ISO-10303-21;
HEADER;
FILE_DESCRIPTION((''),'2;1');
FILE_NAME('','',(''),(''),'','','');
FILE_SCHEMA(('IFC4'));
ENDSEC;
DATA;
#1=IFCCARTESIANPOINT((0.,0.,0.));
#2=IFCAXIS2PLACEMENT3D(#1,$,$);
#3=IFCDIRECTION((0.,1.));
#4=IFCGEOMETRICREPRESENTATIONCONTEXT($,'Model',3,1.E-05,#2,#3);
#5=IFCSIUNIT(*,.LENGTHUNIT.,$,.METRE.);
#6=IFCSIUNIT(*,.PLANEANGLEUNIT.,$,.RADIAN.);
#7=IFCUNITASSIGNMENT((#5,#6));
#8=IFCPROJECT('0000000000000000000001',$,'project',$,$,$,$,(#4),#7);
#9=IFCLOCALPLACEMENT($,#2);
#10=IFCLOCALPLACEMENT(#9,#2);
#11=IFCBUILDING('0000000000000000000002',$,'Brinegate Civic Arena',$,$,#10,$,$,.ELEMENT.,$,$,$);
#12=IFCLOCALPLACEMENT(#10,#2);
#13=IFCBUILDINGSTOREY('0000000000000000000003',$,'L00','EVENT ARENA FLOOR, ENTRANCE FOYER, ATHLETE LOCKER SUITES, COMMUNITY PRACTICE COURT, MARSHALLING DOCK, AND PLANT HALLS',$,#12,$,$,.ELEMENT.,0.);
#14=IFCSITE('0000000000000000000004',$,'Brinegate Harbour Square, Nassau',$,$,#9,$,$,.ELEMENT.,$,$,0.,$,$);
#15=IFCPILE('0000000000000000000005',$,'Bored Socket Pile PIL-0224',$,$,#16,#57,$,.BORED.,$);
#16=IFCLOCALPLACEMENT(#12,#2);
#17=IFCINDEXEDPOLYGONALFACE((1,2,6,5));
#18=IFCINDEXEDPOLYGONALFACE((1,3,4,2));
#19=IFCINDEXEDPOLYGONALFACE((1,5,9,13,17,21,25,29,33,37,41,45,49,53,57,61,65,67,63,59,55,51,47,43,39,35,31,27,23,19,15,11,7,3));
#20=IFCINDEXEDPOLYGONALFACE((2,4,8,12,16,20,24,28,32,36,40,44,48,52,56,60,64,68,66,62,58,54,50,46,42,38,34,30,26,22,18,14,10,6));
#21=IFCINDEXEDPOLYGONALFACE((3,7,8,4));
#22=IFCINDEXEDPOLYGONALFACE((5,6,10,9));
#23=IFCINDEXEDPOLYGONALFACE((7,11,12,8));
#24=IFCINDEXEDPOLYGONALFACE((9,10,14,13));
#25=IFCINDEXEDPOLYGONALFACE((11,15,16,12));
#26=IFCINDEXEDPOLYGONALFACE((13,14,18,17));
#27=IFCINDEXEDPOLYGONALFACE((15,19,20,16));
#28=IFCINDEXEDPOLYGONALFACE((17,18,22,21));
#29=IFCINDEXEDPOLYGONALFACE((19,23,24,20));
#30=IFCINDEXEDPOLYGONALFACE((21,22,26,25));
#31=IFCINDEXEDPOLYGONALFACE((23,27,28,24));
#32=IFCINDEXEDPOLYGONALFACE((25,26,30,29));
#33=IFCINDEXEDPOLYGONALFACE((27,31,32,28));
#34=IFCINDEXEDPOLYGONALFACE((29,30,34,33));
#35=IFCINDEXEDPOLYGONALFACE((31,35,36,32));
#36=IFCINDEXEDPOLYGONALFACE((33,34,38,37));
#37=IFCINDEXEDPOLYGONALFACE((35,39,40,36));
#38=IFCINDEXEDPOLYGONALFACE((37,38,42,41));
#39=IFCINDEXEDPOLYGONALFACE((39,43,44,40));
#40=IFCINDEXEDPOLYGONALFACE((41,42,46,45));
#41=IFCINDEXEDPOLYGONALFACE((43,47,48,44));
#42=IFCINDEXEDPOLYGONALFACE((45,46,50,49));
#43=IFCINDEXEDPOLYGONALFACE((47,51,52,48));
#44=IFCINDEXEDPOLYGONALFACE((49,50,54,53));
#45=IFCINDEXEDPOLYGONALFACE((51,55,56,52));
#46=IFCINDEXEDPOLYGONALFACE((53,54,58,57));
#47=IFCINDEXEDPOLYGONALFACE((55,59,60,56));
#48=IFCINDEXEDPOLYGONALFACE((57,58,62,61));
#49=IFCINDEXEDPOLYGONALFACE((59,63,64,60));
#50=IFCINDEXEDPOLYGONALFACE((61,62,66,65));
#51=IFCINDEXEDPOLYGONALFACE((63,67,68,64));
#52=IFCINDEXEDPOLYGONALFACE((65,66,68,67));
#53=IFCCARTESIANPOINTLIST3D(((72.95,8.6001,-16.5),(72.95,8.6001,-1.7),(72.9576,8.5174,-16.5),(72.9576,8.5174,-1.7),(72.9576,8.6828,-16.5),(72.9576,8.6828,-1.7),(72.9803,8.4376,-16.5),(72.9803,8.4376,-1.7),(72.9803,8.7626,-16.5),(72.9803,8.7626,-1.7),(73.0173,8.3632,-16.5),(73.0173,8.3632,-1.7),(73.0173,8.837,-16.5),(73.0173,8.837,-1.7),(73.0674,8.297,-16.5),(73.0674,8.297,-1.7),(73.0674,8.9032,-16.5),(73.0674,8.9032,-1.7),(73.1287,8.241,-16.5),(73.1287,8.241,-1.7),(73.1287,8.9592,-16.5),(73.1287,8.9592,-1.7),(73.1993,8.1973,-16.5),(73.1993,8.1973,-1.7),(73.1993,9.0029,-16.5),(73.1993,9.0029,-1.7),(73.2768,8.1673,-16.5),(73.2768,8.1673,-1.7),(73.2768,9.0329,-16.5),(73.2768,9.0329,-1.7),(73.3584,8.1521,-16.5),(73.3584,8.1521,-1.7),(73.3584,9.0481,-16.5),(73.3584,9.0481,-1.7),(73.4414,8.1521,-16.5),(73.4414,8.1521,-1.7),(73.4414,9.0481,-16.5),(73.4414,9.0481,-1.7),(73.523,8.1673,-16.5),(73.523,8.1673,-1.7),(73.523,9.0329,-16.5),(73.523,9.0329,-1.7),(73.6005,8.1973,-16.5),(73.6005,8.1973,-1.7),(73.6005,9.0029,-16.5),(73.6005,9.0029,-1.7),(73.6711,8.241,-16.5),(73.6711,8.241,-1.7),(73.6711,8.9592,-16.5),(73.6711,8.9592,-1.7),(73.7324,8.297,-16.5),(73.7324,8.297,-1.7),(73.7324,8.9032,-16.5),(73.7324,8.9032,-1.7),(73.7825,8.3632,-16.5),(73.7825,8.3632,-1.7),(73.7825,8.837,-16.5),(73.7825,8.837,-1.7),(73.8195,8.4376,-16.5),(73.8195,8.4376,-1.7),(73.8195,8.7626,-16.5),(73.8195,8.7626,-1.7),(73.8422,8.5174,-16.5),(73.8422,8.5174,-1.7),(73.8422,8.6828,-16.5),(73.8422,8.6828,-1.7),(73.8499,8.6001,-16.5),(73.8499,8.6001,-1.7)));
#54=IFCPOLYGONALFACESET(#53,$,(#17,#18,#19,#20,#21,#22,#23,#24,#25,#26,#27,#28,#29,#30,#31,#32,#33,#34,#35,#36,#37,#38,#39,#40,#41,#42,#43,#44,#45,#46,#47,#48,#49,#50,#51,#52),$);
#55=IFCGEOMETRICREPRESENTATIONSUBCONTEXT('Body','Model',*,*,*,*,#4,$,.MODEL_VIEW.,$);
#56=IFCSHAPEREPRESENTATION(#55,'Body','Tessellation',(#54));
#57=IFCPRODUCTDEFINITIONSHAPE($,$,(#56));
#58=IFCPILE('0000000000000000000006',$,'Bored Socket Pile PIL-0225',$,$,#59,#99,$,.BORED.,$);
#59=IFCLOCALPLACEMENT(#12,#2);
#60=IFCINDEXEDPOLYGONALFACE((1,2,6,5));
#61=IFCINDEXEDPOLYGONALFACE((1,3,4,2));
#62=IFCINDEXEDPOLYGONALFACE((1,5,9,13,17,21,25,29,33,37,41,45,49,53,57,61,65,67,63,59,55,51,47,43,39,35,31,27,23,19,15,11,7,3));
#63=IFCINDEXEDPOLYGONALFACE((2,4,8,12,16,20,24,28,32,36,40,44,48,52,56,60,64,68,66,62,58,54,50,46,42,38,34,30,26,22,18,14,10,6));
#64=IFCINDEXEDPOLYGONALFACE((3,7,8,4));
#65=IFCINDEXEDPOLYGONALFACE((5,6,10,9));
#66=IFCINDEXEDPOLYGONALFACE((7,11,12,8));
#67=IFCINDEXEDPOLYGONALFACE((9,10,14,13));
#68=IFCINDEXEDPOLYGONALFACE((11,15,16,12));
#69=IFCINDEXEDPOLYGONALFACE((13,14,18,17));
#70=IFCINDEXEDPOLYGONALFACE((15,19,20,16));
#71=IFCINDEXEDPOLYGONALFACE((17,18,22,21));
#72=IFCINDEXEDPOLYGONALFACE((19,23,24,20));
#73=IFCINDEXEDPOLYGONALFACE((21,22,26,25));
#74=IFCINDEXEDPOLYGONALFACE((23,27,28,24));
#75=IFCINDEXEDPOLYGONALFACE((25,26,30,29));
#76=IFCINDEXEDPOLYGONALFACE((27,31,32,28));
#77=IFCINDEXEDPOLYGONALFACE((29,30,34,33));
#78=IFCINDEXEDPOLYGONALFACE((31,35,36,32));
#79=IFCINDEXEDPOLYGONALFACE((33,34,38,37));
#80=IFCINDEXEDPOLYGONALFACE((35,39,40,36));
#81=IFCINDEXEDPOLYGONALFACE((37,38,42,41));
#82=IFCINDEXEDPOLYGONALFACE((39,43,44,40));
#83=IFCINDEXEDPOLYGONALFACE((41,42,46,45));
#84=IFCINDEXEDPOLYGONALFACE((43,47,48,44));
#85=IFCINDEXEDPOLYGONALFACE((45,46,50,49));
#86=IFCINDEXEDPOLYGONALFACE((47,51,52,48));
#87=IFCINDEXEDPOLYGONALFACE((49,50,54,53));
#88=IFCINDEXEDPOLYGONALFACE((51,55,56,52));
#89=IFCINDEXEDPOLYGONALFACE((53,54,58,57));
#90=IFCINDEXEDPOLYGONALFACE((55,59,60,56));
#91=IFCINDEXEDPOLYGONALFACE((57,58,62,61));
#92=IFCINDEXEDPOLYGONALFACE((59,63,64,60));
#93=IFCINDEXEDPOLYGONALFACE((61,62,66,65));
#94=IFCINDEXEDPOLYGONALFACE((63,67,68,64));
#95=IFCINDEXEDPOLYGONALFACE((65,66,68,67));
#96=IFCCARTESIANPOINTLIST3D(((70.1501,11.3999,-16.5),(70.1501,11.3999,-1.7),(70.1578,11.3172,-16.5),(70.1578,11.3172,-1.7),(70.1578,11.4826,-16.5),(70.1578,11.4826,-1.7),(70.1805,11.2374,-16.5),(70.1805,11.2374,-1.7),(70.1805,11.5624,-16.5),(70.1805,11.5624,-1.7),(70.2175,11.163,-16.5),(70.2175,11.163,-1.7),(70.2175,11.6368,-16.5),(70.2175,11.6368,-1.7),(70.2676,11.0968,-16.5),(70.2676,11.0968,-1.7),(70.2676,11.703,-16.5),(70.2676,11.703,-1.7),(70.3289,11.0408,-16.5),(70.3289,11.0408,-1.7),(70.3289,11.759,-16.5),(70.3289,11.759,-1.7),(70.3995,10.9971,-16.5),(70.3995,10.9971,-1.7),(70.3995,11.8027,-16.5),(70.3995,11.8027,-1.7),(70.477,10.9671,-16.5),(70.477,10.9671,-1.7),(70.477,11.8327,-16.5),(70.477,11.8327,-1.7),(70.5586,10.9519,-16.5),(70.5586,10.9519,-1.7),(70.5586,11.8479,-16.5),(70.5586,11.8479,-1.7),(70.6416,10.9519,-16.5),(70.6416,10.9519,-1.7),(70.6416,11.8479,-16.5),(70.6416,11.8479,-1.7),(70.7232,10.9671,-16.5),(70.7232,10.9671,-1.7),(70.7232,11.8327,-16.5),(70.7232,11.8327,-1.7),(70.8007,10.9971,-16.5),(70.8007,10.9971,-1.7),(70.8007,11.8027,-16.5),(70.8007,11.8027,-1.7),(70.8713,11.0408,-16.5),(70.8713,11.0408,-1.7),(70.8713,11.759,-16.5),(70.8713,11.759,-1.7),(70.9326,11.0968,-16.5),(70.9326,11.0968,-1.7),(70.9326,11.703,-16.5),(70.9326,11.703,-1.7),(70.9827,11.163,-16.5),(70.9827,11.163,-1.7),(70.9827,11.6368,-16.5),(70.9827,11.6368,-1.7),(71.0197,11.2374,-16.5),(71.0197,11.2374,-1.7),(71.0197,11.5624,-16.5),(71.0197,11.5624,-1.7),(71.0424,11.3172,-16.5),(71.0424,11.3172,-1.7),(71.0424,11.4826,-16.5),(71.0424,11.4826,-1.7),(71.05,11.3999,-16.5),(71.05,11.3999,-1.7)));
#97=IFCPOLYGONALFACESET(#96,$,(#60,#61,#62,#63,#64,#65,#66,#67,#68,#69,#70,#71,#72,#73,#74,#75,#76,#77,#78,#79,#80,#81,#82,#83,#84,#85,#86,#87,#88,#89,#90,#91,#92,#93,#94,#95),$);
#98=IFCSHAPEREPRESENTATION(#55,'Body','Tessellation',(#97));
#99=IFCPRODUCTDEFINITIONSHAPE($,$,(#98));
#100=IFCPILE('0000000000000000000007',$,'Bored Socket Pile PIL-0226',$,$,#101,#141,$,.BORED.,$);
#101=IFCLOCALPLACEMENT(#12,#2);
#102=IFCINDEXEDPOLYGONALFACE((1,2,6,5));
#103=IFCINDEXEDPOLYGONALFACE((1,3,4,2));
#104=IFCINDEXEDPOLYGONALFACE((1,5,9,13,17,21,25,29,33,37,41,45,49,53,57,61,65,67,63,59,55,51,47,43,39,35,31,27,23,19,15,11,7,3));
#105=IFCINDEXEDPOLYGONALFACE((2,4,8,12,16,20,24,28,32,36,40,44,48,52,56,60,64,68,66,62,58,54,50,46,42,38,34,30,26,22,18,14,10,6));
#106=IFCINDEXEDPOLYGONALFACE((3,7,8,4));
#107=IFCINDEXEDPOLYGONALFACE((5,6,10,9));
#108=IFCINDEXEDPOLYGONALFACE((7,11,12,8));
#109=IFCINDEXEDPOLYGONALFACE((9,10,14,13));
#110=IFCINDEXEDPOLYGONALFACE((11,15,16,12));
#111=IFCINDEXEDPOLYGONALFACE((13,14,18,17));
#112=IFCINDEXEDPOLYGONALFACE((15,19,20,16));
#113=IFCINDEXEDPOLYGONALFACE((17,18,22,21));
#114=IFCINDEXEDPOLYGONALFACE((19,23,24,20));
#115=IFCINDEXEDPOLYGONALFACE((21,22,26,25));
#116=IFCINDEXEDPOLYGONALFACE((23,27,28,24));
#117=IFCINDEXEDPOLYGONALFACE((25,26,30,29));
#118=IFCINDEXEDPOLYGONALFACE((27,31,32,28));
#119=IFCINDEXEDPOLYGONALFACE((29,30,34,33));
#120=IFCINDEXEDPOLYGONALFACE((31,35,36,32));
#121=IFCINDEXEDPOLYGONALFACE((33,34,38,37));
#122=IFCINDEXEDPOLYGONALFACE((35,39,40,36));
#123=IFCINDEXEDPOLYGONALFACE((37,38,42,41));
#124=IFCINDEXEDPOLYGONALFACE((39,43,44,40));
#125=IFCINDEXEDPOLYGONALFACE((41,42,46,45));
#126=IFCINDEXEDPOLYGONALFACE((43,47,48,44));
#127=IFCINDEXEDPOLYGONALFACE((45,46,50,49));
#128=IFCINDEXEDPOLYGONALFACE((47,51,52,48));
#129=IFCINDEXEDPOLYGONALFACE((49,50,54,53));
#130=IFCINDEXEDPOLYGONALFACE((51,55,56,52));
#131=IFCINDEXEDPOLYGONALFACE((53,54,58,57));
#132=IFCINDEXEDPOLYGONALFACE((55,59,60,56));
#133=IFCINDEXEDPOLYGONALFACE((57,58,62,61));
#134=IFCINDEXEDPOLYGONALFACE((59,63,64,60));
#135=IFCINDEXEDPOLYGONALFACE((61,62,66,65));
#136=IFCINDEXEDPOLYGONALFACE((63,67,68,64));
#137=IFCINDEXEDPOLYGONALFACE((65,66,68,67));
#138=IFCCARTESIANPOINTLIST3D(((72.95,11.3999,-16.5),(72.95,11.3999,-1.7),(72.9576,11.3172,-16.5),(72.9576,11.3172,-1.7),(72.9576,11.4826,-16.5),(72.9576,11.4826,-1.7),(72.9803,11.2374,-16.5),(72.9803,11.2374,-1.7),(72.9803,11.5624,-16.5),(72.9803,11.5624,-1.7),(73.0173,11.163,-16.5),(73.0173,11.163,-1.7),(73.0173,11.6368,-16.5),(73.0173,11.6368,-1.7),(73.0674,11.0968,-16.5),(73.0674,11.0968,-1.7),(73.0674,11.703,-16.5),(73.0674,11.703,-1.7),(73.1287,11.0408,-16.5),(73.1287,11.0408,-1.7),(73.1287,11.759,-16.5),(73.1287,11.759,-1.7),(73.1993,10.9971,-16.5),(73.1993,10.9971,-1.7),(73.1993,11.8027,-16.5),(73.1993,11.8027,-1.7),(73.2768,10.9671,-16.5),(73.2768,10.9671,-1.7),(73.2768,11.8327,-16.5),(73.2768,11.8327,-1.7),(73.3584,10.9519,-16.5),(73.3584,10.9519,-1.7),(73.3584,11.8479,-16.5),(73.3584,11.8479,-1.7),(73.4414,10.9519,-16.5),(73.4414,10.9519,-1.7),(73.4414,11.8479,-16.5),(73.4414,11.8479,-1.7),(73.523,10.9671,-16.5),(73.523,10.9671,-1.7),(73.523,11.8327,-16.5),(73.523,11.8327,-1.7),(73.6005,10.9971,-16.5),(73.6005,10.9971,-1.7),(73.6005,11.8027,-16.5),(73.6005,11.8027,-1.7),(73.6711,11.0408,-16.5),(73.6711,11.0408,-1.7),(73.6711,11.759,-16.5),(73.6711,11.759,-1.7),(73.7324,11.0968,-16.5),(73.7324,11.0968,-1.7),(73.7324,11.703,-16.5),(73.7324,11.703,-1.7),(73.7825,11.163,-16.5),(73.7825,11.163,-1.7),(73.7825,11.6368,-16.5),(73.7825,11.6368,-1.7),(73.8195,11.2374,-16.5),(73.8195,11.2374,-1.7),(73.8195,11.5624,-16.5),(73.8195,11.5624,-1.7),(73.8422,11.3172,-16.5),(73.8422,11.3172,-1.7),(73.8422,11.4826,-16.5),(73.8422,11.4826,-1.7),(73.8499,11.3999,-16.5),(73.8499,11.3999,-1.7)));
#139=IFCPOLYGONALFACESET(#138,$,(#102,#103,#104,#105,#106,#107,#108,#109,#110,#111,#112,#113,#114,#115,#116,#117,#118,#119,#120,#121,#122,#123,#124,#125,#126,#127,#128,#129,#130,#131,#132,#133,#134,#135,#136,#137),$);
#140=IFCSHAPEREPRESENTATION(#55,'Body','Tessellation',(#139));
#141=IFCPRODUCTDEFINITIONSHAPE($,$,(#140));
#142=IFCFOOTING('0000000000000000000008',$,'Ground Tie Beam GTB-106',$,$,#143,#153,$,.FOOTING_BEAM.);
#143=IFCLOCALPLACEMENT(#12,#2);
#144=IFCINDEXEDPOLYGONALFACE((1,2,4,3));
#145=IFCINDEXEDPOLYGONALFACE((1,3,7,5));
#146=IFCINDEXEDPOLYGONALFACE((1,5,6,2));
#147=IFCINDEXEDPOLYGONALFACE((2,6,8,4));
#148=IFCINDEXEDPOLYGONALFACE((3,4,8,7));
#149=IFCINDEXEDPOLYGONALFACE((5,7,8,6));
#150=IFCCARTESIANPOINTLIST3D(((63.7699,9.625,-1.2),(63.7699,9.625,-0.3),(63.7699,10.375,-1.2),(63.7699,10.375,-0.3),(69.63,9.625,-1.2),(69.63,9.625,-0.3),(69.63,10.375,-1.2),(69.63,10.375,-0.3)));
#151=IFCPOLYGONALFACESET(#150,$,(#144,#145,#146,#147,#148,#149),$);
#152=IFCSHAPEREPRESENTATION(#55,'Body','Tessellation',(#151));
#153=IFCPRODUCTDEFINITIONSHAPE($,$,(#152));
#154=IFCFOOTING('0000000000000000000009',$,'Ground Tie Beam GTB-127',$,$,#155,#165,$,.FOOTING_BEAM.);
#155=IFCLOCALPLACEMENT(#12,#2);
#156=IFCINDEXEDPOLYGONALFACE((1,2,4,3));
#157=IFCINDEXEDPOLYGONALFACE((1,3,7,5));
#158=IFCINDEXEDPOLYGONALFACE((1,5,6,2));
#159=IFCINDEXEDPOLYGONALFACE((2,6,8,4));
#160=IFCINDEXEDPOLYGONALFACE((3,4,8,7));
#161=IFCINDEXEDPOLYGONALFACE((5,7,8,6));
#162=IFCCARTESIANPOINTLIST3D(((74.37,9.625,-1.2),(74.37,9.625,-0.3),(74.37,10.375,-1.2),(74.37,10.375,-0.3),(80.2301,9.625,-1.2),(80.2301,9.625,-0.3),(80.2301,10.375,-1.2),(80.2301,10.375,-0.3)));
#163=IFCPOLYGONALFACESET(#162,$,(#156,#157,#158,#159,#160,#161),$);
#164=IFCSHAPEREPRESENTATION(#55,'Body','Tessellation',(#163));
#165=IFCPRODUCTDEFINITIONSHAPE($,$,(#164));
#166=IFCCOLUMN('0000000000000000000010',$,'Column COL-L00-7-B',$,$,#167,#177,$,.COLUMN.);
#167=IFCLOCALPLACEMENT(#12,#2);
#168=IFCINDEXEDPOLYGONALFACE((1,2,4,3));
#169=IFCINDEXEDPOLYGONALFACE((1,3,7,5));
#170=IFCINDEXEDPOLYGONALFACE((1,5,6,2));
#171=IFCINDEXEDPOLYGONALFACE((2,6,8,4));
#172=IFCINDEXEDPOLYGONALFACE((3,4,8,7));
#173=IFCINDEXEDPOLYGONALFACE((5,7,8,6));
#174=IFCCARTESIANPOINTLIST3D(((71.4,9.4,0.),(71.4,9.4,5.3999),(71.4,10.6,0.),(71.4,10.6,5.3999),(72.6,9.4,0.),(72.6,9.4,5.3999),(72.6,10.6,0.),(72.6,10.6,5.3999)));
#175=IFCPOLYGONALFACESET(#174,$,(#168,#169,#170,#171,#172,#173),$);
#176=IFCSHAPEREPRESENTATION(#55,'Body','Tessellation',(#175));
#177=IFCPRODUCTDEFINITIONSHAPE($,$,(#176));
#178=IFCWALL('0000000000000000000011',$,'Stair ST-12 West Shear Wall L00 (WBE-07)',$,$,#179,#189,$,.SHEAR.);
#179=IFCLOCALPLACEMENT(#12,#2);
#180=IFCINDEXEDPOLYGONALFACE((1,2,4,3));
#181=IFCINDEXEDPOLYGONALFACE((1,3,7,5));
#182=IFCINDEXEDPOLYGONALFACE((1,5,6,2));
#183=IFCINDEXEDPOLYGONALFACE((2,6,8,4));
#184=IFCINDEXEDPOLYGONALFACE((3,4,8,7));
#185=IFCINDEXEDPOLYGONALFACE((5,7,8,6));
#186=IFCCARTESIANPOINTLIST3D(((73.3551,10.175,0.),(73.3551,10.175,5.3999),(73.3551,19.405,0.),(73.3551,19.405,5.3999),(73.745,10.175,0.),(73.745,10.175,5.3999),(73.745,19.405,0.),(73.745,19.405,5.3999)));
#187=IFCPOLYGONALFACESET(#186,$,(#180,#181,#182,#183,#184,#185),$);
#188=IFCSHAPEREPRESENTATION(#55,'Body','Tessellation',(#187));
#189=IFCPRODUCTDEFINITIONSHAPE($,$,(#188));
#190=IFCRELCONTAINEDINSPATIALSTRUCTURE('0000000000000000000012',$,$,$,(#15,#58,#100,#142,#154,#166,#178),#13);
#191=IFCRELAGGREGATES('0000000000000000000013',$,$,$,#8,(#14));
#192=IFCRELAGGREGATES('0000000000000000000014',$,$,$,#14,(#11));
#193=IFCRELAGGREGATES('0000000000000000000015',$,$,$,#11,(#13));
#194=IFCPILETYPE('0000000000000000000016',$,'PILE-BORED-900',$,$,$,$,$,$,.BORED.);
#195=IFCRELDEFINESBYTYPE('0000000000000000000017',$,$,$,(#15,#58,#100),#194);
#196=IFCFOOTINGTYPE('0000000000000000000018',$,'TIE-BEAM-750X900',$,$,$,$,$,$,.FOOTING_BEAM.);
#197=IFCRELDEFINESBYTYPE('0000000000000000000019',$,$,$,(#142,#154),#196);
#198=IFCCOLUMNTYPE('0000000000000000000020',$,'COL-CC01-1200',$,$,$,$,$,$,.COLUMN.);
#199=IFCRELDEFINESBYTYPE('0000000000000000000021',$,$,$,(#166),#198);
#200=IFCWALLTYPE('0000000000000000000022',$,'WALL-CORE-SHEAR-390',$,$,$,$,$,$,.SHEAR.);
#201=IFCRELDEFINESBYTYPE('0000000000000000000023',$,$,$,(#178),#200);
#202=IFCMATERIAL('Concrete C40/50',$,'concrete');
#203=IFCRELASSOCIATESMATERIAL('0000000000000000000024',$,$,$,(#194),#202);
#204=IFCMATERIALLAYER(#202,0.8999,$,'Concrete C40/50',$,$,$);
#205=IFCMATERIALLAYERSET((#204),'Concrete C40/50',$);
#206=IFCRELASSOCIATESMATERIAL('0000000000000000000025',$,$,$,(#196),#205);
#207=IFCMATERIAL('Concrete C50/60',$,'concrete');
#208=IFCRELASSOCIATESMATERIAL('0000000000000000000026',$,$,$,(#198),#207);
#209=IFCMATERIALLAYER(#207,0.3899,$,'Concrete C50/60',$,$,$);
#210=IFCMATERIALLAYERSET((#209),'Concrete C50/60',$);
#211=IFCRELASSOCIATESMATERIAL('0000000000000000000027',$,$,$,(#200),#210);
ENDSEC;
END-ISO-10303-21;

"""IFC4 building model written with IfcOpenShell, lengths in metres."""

from ifc_helpers import new_model, si_unit, direction, frame, frame_2d, origin, origin_2d, place, context, subcontext, project, spatial, rectangle, circle, extrude, material, layer, layer_set, material_profile, profile_set, type_object, element, save


model = new_model("IFC4")

# Units and contexts
model_context = context("Model", 3, precision=1e-05, world=origin(), true_north=direction((0.0, 1.0)))
body_context = subcontext(model_context, "Body", "Model", "MODEL_VIEW")
ifc_project = project(units=[si_unit("LENGTHUNIT", "METRE"), si_unit("PLANEANGLEUNIT", "RADIAN")], contexts=[model_context])

# Site, building, storey
site_placement = place(None, origin())
site = spatial("IfcSite", under=ifc_project, at=site_placement, Name="Brinegate Harbour Square, Nassau", CompositionType="ELEMENT", RefElevation=0.0)
building_placement = place(site_placement, origin())
building = spatial("IfcBuilding", under=site, at=building_placement, Name="Brinegate Civic Arena", CompositionType="ELEMENT")
storey_placement = place(building_placement, origin())
storey = spatial("IfcBuildingStorey", under=building, at=storey_placement, Name="L00", Description="EVENT ARENA FLOOR, ENTRANCE FOYER, ATHLETE LOCKER SUITES, COMMUNITY PRACTICE COURT, MARSHALLING DOCK, AND PLANT HALLS", CompositionType="ELEMENT", Elevation=0.0)

# Shared definitions
ifc_material_1 = material(Name="Concrete C40/50", Category="concrete")

# Piles
ifc_material_profile_1 = material_profile(ifc_material_1, circle(Radius=0.45, at=origin_2d()), Name="PILED900")
ifc_profile_set_1 = profile_set([ifc_material_profile_1], Name="Concrete C40/50")
pile_type_1 = type_object("IfcPileType", Name="PILE-BORED-900", PredefinedType="BORED", material=ifc_profile_set_1)
for number, where, z_axis, x_axis, name in (
    (1, (73.3999, 8.6001, -1.7), (0.0, 0.0, -1.0), (1.0, 0.0, 0.0), "Bored Socket Pile PIL-0224"),
    (2, (70.6001, 11.3999, -1.7), (0.0, 0.0, -1.0), (1.0, 0.0, 0.0), "Bored Socket Pile PIL-0225"),
    (3, (73.3999, 11.3999, -1.7), (0.0, 0.0, -1.0), (1.0, 0.0, 0.0), "Bored Socket Pile PIL-0226"),
):
    element("IfcPile", number, at=place(storey_placement, frame(where, z_axis=z_axis, x_axis=x_axis)), inside=storey, type_object=pile_type_1, Name=name, PredefinedType="BORED", context=body_context, shape_type="SweptSolid", body=[
        extrude(circle(Radius=0.45, at=origin_2d()), origin(), (0.0, 0.0, 1.0), 14.8),
    ])

# Footings
ifc_layer_1 = layer(ifc_material_1, 0.8999, Name="Concrete C40/50")
ifc_layer_set_1 = layer_set([ifc_layer_1], Name="Concrete C40/50")
footing_type_1 = type_object("IfcFootingType", Name="TIE-BEAM-750X900", PredefinedType="FOOTING_BEAM", material=ifc_layer_set_1)
for number, where, z_axis, x_axis, name in (
    (4, (66.7, 10.0, -1.2), (0.0, 0.0, 1.0), (1.0, 0.0, 0.0), "Ground Tie Beam GTB-106"),
    (5, (77.3, 10.0, -1.2), (0.0, 0.0, 1.0), (1.0, 0.0, 0.0), "Ground Tie Beam GTB-127"),
):
    element("IfcFooting", number, at=place(storey_placement, frame(where, z_axis=z_axis, x_axis=x_axis)), inside=storey, type_object=footing_type_1, Name=name, PredefinedType="FOOTING_BEAM", context=body_context, shape_type="SweptSolid", body=[
        extrude(rectangle(XDim=5.8601, YDim=0.75, at=origin_2d()), origin(), (0.0, 0.0, 1.0), 0.8999),
    ])

# Column
ifc_material_2 = material(Name="Concrete C50/60", Category="concrete")
ifc_material_profile_2 = material_profile(ifc_material_2, rectangle(XDim=1.2, YDim=1.2, at=origin_2d()), Name="RC1200X1200")
ifc_profile_set_2 = profile_set([ifc_material_profile_2], Name="Concrete C50/60")
column_type = type_object("IfcColumnType", Name="COL-CC01-1200", PredefinedType="COLUMN", material=ifc_profile_set_2)
column_placement = place(storey_placement, frame((72.0, 10.0, 0.0), z_axis=(0.0, 0.0, 1.0), x_axis=(1.0, 0.0, 0.0)))
element("IfcColumn", 6, at=column_placement, inside=storey, type_object=column_type, Name="Column COL-L00-7-B", PredefinedType="COLUMN", context=body_context, shape_type="SweptSolid", body=[
    extrude(rectangle(XDim=1.2, YDim=1.2, at=origin_2d()), origin(), (0.0, 0.0, 1.0), 5.3999),
])

# Wall
ifc_layer_2 = layer(ifc_material_2, 0.3899, Name="Concrete C50/60")
ifc_layer_set_2 = layer_set([ifc_layer_2], Name="Concrete C50/60")
wall_type_1 = type_object("IfcWallType", Name="WALL-CORE-SHEAR-390", PredefinedType="SHEAR", material=ifc_layer_set_2)
wall_1_placement = place(storey_placement, frame((73.55, 10.175, 0.0), z_axis=(0.0, 0.0, 1.0), x_axis=(0.0, 1.0, 0.0)))
element("IfcWall", 7, at=wall_1_placement, inside=storey, type_object=wall_type_1, Name="Stair ST-12 West Shear Wall L00 (WBE-07)", PredefinedType="SHEAR", context=body_context, shape_type="SweptSolid", body=[
    extrude(rectangle(XDim=9.23, YDim=0.3899, at=frame_2d((4.615, 0.0))), origin(), (0.0, 0.0, 1.0), 5.3999),
])

save(model, "model.ifc")
